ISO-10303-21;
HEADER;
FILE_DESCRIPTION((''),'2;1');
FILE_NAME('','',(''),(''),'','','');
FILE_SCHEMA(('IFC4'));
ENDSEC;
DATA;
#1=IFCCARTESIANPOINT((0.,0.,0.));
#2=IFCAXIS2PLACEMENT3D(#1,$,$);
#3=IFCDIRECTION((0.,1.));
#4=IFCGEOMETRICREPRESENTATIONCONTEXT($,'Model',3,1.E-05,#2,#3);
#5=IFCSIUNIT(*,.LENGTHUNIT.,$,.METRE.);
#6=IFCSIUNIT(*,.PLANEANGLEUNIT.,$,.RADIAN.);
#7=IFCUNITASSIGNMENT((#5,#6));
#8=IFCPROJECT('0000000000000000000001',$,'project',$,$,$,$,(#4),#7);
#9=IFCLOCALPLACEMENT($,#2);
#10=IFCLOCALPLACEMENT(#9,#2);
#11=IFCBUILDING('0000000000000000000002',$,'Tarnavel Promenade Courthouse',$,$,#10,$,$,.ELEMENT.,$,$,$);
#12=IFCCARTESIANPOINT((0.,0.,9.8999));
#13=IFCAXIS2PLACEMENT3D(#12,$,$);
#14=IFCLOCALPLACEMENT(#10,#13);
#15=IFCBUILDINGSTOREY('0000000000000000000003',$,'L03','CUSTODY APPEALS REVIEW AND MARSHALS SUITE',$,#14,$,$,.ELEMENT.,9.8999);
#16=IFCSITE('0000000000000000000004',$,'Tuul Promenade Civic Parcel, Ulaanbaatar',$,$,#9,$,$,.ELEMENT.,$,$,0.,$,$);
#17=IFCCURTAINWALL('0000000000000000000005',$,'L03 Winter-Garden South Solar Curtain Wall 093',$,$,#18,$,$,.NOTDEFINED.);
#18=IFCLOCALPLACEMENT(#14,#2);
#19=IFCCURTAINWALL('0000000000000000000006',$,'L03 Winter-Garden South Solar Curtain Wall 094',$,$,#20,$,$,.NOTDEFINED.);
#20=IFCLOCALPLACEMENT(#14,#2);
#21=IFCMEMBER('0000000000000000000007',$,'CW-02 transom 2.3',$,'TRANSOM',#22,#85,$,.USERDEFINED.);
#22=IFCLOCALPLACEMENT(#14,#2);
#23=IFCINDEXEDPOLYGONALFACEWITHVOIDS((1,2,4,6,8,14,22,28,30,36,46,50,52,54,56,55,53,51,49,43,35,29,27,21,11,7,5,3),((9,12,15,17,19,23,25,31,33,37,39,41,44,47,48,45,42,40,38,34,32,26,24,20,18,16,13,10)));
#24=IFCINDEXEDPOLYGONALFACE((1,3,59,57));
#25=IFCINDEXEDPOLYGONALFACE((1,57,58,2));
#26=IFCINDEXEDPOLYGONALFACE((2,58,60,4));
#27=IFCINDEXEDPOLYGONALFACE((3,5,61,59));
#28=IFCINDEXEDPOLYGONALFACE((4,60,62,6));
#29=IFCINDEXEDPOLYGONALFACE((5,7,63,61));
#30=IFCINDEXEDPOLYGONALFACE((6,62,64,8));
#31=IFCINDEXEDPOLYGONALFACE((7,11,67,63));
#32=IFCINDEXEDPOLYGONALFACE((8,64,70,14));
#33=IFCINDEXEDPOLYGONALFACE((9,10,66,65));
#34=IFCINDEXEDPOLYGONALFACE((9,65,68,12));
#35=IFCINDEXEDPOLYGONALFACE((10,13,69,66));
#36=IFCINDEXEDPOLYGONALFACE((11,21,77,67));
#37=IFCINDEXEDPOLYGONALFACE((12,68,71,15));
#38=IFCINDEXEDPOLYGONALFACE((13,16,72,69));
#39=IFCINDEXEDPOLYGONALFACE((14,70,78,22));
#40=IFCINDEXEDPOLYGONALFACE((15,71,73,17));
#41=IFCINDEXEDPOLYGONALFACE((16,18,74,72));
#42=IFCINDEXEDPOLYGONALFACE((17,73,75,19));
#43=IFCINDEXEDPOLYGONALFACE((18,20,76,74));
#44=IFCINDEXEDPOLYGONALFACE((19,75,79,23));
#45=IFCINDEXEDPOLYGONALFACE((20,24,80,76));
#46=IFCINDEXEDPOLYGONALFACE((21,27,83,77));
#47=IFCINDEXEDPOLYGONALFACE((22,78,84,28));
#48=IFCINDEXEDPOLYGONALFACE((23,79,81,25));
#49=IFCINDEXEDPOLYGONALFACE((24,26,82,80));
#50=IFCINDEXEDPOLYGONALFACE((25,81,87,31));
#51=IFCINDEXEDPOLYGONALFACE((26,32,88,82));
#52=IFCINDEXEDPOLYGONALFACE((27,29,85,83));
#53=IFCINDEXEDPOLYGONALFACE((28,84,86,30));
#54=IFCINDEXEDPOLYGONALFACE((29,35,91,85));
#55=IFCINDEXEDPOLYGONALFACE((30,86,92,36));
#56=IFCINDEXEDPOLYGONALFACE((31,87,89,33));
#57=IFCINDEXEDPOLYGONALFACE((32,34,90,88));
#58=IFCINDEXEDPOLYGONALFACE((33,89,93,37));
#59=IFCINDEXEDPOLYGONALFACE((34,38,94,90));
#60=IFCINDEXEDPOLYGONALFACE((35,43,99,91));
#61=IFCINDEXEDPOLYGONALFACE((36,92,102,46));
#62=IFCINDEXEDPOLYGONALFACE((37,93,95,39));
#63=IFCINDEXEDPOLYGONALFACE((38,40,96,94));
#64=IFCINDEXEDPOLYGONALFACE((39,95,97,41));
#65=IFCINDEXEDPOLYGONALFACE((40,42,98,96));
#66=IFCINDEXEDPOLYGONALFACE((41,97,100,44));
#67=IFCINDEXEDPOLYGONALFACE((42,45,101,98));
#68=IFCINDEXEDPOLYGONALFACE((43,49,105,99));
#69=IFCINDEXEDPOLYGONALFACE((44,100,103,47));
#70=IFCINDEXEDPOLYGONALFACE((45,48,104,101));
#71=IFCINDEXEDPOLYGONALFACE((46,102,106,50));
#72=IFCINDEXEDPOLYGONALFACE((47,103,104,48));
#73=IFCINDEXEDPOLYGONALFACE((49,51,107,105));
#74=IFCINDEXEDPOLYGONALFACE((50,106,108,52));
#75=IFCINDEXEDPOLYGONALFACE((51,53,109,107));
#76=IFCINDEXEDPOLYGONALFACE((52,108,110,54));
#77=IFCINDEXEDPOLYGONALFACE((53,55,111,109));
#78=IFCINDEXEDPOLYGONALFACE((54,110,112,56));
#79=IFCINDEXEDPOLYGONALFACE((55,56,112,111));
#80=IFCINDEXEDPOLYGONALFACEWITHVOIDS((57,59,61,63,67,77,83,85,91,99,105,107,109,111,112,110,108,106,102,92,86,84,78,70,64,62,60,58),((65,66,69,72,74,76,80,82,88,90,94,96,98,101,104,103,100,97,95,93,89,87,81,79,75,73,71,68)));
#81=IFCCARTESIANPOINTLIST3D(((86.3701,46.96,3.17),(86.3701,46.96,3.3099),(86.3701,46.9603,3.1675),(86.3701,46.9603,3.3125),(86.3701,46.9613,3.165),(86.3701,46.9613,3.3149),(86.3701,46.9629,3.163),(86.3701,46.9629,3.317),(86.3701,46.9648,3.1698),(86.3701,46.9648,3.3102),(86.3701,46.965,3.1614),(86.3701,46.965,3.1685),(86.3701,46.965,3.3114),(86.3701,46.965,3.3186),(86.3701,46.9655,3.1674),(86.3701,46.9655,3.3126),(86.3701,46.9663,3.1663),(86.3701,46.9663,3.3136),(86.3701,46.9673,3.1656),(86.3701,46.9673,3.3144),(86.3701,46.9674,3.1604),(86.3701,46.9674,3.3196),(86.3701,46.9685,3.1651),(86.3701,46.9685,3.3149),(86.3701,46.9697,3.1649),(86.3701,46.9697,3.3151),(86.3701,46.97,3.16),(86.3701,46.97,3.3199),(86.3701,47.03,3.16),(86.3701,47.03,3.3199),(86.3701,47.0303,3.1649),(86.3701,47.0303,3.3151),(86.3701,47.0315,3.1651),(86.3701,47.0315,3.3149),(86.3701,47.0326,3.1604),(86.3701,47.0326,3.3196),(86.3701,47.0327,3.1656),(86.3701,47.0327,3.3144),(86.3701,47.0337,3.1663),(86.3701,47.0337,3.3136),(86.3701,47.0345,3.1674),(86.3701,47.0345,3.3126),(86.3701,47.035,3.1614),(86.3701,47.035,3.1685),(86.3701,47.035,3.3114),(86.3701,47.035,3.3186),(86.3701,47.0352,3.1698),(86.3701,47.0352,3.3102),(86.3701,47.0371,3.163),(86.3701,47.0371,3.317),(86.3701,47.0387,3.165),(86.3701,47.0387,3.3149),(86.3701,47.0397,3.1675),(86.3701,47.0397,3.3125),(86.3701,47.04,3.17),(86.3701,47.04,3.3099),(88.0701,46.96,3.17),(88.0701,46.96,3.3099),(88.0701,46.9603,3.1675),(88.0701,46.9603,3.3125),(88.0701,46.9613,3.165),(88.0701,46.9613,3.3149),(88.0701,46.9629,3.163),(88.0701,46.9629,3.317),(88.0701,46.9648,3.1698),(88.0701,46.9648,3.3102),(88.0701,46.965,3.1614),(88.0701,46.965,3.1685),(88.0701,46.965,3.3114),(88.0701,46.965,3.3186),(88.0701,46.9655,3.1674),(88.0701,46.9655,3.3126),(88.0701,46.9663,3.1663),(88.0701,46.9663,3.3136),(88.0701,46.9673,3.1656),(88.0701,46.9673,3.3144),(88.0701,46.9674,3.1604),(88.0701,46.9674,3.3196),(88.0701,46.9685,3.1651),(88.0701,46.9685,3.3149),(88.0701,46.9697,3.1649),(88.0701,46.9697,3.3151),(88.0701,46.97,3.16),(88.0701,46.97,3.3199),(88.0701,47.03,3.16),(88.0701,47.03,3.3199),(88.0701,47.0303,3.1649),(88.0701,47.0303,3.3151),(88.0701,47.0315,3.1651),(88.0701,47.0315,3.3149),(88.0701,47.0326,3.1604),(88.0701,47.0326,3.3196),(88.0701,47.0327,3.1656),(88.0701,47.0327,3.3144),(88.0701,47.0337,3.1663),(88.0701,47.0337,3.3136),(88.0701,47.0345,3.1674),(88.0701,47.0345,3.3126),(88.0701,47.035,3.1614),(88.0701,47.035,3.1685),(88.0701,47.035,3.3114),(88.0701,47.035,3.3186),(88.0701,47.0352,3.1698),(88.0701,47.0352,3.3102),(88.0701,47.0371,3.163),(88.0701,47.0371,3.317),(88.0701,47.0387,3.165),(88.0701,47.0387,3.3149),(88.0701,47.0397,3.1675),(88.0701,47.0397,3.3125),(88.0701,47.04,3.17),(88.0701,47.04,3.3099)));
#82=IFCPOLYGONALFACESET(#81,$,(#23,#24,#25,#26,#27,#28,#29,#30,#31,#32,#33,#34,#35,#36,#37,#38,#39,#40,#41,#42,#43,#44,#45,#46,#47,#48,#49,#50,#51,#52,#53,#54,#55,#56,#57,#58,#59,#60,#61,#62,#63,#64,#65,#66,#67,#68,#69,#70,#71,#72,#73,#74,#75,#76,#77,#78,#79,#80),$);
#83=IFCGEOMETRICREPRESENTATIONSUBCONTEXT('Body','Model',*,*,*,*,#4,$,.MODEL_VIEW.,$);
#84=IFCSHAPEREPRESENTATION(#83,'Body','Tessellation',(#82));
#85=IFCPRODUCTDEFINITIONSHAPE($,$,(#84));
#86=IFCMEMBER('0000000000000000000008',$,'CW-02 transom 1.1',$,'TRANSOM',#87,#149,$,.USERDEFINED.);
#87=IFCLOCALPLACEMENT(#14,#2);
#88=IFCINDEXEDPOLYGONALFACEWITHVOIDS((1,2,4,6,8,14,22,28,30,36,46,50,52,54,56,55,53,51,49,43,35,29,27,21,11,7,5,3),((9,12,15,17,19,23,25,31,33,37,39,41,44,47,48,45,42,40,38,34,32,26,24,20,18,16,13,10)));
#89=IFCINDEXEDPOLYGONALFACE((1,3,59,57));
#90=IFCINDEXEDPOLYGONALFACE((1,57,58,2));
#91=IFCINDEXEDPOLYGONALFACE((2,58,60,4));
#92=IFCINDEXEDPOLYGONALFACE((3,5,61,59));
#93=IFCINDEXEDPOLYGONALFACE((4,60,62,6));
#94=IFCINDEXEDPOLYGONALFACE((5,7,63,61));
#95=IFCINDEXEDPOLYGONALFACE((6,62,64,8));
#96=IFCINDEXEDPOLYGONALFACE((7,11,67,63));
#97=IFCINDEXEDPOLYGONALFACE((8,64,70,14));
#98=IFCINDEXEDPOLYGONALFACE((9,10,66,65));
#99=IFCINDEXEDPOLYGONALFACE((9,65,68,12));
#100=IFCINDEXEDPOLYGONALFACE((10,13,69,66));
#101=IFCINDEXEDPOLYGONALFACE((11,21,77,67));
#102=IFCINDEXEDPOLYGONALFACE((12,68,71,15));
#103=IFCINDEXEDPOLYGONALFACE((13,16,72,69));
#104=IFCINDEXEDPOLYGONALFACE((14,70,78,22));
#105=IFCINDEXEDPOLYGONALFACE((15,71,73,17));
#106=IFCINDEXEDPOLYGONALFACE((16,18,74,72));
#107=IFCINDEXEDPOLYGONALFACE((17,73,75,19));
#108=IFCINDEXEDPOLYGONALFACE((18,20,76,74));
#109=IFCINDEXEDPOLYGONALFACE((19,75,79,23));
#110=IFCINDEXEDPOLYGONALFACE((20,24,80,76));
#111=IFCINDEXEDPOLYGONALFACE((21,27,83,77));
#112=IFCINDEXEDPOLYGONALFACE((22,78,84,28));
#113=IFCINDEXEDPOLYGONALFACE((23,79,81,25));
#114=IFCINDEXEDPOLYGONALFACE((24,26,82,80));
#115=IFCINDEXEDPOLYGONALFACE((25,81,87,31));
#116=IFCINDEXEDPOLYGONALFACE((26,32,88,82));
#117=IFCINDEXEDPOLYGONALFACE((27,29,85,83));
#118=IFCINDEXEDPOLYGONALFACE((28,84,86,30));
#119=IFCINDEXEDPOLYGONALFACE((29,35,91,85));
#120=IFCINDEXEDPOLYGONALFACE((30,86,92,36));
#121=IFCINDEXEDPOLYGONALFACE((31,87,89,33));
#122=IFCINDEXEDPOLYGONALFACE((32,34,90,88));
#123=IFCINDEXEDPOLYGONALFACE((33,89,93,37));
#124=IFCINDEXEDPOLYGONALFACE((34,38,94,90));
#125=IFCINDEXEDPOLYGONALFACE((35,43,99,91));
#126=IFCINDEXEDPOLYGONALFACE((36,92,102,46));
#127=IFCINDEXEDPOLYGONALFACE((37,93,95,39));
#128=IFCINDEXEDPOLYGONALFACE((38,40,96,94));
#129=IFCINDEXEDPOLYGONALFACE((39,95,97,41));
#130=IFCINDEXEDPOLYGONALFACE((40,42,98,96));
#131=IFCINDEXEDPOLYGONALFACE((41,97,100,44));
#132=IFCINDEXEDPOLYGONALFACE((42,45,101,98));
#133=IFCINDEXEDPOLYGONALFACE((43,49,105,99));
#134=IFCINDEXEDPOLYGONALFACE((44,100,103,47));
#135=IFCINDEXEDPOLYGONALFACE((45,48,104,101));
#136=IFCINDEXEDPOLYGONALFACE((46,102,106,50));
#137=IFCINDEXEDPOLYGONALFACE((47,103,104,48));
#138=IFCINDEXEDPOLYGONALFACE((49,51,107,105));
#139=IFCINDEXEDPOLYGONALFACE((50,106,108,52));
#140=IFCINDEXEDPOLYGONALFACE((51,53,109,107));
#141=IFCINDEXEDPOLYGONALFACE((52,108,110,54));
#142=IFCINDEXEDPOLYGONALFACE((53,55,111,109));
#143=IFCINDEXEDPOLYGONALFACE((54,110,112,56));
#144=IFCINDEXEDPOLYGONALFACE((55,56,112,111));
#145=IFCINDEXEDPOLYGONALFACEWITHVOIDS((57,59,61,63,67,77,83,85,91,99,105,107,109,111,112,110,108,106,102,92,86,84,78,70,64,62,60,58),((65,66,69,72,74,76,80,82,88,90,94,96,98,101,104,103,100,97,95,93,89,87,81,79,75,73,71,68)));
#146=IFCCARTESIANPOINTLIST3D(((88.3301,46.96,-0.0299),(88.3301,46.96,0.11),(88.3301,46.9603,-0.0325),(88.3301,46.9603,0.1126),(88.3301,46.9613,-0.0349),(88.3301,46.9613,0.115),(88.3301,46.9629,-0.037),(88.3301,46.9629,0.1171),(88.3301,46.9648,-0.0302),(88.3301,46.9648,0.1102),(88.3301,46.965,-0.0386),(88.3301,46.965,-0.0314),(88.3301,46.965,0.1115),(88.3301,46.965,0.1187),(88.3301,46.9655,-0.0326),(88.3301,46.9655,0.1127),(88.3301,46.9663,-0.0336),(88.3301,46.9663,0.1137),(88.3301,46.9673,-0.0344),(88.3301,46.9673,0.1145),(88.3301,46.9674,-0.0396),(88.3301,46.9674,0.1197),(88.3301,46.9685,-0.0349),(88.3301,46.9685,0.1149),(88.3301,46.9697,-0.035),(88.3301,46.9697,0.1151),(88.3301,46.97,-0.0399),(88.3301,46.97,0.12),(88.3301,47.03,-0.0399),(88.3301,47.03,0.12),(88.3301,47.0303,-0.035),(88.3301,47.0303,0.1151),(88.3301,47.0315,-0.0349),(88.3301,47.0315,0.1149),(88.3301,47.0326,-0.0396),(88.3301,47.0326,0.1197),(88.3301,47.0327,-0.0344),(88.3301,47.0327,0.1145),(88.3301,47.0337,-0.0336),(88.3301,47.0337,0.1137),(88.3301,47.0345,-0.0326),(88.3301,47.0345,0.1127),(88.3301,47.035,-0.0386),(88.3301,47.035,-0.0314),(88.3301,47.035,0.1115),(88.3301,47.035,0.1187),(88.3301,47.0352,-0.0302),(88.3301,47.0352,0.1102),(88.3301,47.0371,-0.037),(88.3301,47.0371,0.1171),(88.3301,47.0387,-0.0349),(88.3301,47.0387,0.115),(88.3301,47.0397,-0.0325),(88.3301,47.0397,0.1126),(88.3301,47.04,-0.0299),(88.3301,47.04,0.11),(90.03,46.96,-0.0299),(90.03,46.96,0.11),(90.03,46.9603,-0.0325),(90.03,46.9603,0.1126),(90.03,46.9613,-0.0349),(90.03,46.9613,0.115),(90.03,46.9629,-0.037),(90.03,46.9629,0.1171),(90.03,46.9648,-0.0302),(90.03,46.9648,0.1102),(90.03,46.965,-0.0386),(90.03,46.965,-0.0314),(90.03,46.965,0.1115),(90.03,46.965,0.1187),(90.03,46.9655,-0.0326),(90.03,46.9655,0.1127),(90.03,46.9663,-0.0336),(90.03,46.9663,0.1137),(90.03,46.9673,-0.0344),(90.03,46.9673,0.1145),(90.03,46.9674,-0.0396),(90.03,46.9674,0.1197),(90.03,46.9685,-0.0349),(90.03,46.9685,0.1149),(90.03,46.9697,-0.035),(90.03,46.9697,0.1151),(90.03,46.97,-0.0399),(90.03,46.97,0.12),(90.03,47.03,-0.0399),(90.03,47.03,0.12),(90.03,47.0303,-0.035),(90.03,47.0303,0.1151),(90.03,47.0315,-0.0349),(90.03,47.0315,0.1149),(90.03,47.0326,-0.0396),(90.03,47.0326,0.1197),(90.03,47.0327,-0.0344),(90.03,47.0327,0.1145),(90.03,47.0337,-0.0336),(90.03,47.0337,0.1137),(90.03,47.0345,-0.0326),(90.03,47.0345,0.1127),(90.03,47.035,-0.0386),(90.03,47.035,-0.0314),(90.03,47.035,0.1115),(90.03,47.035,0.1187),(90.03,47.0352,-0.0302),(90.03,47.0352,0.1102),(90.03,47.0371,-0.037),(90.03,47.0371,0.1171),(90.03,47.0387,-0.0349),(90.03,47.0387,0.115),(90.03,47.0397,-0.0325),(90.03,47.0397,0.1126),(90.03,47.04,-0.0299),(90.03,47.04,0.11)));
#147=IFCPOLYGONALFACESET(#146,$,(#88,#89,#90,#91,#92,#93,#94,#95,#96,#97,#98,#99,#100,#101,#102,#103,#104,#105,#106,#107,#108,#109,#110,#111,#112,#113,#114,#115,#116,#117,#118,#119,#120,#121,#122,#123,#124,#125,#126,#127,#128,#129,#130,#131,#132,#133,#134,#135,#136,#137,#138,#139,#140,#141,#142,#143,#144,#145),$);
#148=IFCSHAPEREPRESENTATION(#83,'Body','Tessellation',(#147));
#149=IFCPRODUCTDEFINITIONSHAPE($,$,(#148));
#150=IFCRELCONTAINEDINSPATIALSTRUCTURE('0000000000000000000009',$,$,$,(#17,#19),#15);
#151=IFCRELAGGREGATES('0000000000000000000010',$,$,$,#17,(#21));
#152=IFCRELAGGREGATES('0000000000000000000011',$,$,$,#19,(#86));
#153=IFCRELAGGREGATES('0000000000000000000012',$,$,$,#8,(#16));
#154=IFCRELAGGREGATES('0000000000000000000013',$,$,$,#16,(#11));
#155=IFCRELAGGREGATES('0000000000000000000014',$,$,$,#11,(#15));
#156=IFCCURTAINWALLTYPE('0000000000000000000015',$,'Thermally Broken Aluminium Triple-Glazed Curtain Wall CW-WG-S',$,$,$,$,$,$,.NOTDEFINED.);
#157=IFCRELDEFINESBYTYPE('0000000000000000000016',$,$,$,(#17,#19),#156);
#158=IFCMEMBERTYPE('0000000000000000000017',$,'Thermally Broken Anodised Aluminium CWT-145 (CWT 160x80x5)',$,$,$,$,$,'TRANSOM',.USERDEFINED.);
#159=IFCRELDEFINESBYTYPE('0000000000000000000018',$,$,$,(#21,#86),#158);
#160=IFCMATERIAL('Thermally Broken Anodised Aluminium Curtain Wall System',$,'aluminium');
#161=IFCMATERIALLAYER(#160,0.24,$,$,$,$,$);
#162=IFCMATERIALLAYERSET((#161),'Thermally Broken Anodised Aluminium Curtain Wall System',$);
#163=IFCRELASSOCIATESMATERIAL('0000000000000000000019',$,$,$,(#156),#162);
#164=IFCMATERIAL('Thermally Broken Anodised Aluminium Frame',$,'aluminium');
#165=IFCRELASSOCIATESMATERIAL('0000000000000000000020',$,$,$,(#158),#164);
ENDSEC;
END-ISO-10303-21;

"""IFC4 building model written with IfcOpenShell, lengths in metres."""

from ifc_helpers import new_model, si_unit, direction, frame, origin, origin_2d, place, context, subcontext, project, spatial, hollow_rectangle, extrude, material, layer, layer_set, material_profile, profile_set, type_object, element, aggregate, save


model = new_model("IFC4")

# Units and contexts
model_context = context("Model", 3, precision=1e-05, world=origin(), true_north=direction((0.0, 1.0)))
body_context = subcontext(model_context, "Body", "Model", "MODEL_VIEW")
ifc_project = project(units=[si_unit("LENGTHUNIT", "METRE"), si_unit("PLANEANGLEUNIT", "RADIAN")], contexts=[model_context])

# Site, building, storey
site_placement = place(None, origin())
site = spatial("IfcSite", under=ifc_project, at=site_placement, Name="Tuul Promenade Civic Parcel, Ulaanbaatar", CompositionType="ELEMENT", RefElevation=0.0)
building_placement = place(site_placement, origin())
building = spatial("IfcBuilding", under=site, at=building_placement, Name="Tarnavel Promenade Courthouse", CompositionType="ELEMENT")
storey_placement = place(building_placement, frame((0.0, 0.0, 9.8999)))
storey = spatial("IfcBuildingStorey", under=building, at=storey_placement, Name="L03", Description="CUSTODY APPEALS REVIEW AND MARSHALS SUITE", CompositionType="ELEMENT", Elevation=9.8999)

# Curtain walls
ifc_material_1 = material(Name="Thermally Broken Anodised Aluminium Curtain Wall System", Category="aluminium")
ifc_layer_1 = layer(ifc_material_1, 0.24)
ifc_layer_set_1 = layer_set([ifc_layer_1], Name="Thermally Broken Anodised Aluminium Curtain Wall System")
curtain_wall_type = type_object("IfcCurtainWallType", Name="Thermally Broken Aluminium Triple-Glazed Curtain Wall CW-WG-S", PredefinedType="NOTDEFINED", material=ifc_layer_set_1)
curtain_wall_1_placement = place(storey_placement, origin())
curtain_wall_1 = element("IfcCurtainWall", 1, at=curtain_wall_1_placement, inside=storey, type_object=curtain_wall_type, Name="L03 Winter-Garden South Solar Curtain Wall 093", PredefinedType="NOTDEFINED")
ifc_material_2 = material(Name="Thermally Broken Anodised Aluminium Frame", Category="aluminium")
curtain_wall_2_placement = place(storey_placement, origin())
curtain_wall_2 = element("IfcCurtainWall", 2, at=curtain_wall_2_placement, inside=storey, type_object=curtain_wall_type, Name="L03 Winter-Garden South Solar Curtain Wall 094", PredefinedType="NOTDEFINED")

# Members
ifc_material_profile_1 = material_profile(ifc_material_2, hollow_rectangle(XDim=0.0801, YDim=0.1599, WallThickness=0.0049, InnerFilletRadius=0.0049, OuterFilletRadius=0.01, at=origin_2d()), Name="CWT 160x80x5")
ifc_profile_set_1 = profile_set([ifc_material_profile_1], Name="Thermally Broken Anodised Aluminium Frame")
member_type_1 = type_object("IfcMemberType", Name="Thermally Broken Anodised Aluminium CWT-145 (CWT 160x80x5)", ElementType="TRANSOM", PredefinedType="USERDEFINED", material=ifc_profile_set_1)
member_1_placement = place(storey_placement, frame((86.3701, 47.0, 3.24), z_axis=(1.0, 0.0, 0.0), x_axis=(0.0, 1.0, 0.0)))
member_1 = element("IfcMember", 3, at=member_1_placement, type_object=member_type_1, Name="CW-02 transom 2.3", ObjectType="TRANSOM", PredefinedType="USERDEFINED", context=body_context, shape_type="SweptSolid", body=[
    extrude(hollow_rectangle(XDim=0.0801, YDim=0.1599, WallThickness=0.0049, InnerFilletRadius=0.0049, OuterFilletRadius=0.01, at=origin_2d()), origin(), (0.0, 0.0, 1.0), 1.7),
])
member_2_placement = place(storey_placement, frame((88.3301, 47.0, 0.04), z_axis=(1.0, 0.0, 0.0), x_axis=(0.0, 1.0, 0.0)))
member_2 = element("IfcMember", 4, at=member_2_placement, type_object=member_type_1, Name="CW-02 transom 1.1", ObjectType="TRANSOM", PredefinedType="USERDEFINED", context=body_context, shape_type="SweptSolid", body=[
    extrude(hollow_rectangle(XDim=0.0801, YDim=0.1599, WallThickness=0.0049, InnerFilletRadius=0.0049, OuterFilletRadius=0.01, at=origin_2d()), origin(), (0.0, 0.0, 1.0), 1.7),
])

aggregate(curtain_wall_1, [member_1])
aggregate(curtain_wall_2, [member_2])

save(model, "model.ifc")
